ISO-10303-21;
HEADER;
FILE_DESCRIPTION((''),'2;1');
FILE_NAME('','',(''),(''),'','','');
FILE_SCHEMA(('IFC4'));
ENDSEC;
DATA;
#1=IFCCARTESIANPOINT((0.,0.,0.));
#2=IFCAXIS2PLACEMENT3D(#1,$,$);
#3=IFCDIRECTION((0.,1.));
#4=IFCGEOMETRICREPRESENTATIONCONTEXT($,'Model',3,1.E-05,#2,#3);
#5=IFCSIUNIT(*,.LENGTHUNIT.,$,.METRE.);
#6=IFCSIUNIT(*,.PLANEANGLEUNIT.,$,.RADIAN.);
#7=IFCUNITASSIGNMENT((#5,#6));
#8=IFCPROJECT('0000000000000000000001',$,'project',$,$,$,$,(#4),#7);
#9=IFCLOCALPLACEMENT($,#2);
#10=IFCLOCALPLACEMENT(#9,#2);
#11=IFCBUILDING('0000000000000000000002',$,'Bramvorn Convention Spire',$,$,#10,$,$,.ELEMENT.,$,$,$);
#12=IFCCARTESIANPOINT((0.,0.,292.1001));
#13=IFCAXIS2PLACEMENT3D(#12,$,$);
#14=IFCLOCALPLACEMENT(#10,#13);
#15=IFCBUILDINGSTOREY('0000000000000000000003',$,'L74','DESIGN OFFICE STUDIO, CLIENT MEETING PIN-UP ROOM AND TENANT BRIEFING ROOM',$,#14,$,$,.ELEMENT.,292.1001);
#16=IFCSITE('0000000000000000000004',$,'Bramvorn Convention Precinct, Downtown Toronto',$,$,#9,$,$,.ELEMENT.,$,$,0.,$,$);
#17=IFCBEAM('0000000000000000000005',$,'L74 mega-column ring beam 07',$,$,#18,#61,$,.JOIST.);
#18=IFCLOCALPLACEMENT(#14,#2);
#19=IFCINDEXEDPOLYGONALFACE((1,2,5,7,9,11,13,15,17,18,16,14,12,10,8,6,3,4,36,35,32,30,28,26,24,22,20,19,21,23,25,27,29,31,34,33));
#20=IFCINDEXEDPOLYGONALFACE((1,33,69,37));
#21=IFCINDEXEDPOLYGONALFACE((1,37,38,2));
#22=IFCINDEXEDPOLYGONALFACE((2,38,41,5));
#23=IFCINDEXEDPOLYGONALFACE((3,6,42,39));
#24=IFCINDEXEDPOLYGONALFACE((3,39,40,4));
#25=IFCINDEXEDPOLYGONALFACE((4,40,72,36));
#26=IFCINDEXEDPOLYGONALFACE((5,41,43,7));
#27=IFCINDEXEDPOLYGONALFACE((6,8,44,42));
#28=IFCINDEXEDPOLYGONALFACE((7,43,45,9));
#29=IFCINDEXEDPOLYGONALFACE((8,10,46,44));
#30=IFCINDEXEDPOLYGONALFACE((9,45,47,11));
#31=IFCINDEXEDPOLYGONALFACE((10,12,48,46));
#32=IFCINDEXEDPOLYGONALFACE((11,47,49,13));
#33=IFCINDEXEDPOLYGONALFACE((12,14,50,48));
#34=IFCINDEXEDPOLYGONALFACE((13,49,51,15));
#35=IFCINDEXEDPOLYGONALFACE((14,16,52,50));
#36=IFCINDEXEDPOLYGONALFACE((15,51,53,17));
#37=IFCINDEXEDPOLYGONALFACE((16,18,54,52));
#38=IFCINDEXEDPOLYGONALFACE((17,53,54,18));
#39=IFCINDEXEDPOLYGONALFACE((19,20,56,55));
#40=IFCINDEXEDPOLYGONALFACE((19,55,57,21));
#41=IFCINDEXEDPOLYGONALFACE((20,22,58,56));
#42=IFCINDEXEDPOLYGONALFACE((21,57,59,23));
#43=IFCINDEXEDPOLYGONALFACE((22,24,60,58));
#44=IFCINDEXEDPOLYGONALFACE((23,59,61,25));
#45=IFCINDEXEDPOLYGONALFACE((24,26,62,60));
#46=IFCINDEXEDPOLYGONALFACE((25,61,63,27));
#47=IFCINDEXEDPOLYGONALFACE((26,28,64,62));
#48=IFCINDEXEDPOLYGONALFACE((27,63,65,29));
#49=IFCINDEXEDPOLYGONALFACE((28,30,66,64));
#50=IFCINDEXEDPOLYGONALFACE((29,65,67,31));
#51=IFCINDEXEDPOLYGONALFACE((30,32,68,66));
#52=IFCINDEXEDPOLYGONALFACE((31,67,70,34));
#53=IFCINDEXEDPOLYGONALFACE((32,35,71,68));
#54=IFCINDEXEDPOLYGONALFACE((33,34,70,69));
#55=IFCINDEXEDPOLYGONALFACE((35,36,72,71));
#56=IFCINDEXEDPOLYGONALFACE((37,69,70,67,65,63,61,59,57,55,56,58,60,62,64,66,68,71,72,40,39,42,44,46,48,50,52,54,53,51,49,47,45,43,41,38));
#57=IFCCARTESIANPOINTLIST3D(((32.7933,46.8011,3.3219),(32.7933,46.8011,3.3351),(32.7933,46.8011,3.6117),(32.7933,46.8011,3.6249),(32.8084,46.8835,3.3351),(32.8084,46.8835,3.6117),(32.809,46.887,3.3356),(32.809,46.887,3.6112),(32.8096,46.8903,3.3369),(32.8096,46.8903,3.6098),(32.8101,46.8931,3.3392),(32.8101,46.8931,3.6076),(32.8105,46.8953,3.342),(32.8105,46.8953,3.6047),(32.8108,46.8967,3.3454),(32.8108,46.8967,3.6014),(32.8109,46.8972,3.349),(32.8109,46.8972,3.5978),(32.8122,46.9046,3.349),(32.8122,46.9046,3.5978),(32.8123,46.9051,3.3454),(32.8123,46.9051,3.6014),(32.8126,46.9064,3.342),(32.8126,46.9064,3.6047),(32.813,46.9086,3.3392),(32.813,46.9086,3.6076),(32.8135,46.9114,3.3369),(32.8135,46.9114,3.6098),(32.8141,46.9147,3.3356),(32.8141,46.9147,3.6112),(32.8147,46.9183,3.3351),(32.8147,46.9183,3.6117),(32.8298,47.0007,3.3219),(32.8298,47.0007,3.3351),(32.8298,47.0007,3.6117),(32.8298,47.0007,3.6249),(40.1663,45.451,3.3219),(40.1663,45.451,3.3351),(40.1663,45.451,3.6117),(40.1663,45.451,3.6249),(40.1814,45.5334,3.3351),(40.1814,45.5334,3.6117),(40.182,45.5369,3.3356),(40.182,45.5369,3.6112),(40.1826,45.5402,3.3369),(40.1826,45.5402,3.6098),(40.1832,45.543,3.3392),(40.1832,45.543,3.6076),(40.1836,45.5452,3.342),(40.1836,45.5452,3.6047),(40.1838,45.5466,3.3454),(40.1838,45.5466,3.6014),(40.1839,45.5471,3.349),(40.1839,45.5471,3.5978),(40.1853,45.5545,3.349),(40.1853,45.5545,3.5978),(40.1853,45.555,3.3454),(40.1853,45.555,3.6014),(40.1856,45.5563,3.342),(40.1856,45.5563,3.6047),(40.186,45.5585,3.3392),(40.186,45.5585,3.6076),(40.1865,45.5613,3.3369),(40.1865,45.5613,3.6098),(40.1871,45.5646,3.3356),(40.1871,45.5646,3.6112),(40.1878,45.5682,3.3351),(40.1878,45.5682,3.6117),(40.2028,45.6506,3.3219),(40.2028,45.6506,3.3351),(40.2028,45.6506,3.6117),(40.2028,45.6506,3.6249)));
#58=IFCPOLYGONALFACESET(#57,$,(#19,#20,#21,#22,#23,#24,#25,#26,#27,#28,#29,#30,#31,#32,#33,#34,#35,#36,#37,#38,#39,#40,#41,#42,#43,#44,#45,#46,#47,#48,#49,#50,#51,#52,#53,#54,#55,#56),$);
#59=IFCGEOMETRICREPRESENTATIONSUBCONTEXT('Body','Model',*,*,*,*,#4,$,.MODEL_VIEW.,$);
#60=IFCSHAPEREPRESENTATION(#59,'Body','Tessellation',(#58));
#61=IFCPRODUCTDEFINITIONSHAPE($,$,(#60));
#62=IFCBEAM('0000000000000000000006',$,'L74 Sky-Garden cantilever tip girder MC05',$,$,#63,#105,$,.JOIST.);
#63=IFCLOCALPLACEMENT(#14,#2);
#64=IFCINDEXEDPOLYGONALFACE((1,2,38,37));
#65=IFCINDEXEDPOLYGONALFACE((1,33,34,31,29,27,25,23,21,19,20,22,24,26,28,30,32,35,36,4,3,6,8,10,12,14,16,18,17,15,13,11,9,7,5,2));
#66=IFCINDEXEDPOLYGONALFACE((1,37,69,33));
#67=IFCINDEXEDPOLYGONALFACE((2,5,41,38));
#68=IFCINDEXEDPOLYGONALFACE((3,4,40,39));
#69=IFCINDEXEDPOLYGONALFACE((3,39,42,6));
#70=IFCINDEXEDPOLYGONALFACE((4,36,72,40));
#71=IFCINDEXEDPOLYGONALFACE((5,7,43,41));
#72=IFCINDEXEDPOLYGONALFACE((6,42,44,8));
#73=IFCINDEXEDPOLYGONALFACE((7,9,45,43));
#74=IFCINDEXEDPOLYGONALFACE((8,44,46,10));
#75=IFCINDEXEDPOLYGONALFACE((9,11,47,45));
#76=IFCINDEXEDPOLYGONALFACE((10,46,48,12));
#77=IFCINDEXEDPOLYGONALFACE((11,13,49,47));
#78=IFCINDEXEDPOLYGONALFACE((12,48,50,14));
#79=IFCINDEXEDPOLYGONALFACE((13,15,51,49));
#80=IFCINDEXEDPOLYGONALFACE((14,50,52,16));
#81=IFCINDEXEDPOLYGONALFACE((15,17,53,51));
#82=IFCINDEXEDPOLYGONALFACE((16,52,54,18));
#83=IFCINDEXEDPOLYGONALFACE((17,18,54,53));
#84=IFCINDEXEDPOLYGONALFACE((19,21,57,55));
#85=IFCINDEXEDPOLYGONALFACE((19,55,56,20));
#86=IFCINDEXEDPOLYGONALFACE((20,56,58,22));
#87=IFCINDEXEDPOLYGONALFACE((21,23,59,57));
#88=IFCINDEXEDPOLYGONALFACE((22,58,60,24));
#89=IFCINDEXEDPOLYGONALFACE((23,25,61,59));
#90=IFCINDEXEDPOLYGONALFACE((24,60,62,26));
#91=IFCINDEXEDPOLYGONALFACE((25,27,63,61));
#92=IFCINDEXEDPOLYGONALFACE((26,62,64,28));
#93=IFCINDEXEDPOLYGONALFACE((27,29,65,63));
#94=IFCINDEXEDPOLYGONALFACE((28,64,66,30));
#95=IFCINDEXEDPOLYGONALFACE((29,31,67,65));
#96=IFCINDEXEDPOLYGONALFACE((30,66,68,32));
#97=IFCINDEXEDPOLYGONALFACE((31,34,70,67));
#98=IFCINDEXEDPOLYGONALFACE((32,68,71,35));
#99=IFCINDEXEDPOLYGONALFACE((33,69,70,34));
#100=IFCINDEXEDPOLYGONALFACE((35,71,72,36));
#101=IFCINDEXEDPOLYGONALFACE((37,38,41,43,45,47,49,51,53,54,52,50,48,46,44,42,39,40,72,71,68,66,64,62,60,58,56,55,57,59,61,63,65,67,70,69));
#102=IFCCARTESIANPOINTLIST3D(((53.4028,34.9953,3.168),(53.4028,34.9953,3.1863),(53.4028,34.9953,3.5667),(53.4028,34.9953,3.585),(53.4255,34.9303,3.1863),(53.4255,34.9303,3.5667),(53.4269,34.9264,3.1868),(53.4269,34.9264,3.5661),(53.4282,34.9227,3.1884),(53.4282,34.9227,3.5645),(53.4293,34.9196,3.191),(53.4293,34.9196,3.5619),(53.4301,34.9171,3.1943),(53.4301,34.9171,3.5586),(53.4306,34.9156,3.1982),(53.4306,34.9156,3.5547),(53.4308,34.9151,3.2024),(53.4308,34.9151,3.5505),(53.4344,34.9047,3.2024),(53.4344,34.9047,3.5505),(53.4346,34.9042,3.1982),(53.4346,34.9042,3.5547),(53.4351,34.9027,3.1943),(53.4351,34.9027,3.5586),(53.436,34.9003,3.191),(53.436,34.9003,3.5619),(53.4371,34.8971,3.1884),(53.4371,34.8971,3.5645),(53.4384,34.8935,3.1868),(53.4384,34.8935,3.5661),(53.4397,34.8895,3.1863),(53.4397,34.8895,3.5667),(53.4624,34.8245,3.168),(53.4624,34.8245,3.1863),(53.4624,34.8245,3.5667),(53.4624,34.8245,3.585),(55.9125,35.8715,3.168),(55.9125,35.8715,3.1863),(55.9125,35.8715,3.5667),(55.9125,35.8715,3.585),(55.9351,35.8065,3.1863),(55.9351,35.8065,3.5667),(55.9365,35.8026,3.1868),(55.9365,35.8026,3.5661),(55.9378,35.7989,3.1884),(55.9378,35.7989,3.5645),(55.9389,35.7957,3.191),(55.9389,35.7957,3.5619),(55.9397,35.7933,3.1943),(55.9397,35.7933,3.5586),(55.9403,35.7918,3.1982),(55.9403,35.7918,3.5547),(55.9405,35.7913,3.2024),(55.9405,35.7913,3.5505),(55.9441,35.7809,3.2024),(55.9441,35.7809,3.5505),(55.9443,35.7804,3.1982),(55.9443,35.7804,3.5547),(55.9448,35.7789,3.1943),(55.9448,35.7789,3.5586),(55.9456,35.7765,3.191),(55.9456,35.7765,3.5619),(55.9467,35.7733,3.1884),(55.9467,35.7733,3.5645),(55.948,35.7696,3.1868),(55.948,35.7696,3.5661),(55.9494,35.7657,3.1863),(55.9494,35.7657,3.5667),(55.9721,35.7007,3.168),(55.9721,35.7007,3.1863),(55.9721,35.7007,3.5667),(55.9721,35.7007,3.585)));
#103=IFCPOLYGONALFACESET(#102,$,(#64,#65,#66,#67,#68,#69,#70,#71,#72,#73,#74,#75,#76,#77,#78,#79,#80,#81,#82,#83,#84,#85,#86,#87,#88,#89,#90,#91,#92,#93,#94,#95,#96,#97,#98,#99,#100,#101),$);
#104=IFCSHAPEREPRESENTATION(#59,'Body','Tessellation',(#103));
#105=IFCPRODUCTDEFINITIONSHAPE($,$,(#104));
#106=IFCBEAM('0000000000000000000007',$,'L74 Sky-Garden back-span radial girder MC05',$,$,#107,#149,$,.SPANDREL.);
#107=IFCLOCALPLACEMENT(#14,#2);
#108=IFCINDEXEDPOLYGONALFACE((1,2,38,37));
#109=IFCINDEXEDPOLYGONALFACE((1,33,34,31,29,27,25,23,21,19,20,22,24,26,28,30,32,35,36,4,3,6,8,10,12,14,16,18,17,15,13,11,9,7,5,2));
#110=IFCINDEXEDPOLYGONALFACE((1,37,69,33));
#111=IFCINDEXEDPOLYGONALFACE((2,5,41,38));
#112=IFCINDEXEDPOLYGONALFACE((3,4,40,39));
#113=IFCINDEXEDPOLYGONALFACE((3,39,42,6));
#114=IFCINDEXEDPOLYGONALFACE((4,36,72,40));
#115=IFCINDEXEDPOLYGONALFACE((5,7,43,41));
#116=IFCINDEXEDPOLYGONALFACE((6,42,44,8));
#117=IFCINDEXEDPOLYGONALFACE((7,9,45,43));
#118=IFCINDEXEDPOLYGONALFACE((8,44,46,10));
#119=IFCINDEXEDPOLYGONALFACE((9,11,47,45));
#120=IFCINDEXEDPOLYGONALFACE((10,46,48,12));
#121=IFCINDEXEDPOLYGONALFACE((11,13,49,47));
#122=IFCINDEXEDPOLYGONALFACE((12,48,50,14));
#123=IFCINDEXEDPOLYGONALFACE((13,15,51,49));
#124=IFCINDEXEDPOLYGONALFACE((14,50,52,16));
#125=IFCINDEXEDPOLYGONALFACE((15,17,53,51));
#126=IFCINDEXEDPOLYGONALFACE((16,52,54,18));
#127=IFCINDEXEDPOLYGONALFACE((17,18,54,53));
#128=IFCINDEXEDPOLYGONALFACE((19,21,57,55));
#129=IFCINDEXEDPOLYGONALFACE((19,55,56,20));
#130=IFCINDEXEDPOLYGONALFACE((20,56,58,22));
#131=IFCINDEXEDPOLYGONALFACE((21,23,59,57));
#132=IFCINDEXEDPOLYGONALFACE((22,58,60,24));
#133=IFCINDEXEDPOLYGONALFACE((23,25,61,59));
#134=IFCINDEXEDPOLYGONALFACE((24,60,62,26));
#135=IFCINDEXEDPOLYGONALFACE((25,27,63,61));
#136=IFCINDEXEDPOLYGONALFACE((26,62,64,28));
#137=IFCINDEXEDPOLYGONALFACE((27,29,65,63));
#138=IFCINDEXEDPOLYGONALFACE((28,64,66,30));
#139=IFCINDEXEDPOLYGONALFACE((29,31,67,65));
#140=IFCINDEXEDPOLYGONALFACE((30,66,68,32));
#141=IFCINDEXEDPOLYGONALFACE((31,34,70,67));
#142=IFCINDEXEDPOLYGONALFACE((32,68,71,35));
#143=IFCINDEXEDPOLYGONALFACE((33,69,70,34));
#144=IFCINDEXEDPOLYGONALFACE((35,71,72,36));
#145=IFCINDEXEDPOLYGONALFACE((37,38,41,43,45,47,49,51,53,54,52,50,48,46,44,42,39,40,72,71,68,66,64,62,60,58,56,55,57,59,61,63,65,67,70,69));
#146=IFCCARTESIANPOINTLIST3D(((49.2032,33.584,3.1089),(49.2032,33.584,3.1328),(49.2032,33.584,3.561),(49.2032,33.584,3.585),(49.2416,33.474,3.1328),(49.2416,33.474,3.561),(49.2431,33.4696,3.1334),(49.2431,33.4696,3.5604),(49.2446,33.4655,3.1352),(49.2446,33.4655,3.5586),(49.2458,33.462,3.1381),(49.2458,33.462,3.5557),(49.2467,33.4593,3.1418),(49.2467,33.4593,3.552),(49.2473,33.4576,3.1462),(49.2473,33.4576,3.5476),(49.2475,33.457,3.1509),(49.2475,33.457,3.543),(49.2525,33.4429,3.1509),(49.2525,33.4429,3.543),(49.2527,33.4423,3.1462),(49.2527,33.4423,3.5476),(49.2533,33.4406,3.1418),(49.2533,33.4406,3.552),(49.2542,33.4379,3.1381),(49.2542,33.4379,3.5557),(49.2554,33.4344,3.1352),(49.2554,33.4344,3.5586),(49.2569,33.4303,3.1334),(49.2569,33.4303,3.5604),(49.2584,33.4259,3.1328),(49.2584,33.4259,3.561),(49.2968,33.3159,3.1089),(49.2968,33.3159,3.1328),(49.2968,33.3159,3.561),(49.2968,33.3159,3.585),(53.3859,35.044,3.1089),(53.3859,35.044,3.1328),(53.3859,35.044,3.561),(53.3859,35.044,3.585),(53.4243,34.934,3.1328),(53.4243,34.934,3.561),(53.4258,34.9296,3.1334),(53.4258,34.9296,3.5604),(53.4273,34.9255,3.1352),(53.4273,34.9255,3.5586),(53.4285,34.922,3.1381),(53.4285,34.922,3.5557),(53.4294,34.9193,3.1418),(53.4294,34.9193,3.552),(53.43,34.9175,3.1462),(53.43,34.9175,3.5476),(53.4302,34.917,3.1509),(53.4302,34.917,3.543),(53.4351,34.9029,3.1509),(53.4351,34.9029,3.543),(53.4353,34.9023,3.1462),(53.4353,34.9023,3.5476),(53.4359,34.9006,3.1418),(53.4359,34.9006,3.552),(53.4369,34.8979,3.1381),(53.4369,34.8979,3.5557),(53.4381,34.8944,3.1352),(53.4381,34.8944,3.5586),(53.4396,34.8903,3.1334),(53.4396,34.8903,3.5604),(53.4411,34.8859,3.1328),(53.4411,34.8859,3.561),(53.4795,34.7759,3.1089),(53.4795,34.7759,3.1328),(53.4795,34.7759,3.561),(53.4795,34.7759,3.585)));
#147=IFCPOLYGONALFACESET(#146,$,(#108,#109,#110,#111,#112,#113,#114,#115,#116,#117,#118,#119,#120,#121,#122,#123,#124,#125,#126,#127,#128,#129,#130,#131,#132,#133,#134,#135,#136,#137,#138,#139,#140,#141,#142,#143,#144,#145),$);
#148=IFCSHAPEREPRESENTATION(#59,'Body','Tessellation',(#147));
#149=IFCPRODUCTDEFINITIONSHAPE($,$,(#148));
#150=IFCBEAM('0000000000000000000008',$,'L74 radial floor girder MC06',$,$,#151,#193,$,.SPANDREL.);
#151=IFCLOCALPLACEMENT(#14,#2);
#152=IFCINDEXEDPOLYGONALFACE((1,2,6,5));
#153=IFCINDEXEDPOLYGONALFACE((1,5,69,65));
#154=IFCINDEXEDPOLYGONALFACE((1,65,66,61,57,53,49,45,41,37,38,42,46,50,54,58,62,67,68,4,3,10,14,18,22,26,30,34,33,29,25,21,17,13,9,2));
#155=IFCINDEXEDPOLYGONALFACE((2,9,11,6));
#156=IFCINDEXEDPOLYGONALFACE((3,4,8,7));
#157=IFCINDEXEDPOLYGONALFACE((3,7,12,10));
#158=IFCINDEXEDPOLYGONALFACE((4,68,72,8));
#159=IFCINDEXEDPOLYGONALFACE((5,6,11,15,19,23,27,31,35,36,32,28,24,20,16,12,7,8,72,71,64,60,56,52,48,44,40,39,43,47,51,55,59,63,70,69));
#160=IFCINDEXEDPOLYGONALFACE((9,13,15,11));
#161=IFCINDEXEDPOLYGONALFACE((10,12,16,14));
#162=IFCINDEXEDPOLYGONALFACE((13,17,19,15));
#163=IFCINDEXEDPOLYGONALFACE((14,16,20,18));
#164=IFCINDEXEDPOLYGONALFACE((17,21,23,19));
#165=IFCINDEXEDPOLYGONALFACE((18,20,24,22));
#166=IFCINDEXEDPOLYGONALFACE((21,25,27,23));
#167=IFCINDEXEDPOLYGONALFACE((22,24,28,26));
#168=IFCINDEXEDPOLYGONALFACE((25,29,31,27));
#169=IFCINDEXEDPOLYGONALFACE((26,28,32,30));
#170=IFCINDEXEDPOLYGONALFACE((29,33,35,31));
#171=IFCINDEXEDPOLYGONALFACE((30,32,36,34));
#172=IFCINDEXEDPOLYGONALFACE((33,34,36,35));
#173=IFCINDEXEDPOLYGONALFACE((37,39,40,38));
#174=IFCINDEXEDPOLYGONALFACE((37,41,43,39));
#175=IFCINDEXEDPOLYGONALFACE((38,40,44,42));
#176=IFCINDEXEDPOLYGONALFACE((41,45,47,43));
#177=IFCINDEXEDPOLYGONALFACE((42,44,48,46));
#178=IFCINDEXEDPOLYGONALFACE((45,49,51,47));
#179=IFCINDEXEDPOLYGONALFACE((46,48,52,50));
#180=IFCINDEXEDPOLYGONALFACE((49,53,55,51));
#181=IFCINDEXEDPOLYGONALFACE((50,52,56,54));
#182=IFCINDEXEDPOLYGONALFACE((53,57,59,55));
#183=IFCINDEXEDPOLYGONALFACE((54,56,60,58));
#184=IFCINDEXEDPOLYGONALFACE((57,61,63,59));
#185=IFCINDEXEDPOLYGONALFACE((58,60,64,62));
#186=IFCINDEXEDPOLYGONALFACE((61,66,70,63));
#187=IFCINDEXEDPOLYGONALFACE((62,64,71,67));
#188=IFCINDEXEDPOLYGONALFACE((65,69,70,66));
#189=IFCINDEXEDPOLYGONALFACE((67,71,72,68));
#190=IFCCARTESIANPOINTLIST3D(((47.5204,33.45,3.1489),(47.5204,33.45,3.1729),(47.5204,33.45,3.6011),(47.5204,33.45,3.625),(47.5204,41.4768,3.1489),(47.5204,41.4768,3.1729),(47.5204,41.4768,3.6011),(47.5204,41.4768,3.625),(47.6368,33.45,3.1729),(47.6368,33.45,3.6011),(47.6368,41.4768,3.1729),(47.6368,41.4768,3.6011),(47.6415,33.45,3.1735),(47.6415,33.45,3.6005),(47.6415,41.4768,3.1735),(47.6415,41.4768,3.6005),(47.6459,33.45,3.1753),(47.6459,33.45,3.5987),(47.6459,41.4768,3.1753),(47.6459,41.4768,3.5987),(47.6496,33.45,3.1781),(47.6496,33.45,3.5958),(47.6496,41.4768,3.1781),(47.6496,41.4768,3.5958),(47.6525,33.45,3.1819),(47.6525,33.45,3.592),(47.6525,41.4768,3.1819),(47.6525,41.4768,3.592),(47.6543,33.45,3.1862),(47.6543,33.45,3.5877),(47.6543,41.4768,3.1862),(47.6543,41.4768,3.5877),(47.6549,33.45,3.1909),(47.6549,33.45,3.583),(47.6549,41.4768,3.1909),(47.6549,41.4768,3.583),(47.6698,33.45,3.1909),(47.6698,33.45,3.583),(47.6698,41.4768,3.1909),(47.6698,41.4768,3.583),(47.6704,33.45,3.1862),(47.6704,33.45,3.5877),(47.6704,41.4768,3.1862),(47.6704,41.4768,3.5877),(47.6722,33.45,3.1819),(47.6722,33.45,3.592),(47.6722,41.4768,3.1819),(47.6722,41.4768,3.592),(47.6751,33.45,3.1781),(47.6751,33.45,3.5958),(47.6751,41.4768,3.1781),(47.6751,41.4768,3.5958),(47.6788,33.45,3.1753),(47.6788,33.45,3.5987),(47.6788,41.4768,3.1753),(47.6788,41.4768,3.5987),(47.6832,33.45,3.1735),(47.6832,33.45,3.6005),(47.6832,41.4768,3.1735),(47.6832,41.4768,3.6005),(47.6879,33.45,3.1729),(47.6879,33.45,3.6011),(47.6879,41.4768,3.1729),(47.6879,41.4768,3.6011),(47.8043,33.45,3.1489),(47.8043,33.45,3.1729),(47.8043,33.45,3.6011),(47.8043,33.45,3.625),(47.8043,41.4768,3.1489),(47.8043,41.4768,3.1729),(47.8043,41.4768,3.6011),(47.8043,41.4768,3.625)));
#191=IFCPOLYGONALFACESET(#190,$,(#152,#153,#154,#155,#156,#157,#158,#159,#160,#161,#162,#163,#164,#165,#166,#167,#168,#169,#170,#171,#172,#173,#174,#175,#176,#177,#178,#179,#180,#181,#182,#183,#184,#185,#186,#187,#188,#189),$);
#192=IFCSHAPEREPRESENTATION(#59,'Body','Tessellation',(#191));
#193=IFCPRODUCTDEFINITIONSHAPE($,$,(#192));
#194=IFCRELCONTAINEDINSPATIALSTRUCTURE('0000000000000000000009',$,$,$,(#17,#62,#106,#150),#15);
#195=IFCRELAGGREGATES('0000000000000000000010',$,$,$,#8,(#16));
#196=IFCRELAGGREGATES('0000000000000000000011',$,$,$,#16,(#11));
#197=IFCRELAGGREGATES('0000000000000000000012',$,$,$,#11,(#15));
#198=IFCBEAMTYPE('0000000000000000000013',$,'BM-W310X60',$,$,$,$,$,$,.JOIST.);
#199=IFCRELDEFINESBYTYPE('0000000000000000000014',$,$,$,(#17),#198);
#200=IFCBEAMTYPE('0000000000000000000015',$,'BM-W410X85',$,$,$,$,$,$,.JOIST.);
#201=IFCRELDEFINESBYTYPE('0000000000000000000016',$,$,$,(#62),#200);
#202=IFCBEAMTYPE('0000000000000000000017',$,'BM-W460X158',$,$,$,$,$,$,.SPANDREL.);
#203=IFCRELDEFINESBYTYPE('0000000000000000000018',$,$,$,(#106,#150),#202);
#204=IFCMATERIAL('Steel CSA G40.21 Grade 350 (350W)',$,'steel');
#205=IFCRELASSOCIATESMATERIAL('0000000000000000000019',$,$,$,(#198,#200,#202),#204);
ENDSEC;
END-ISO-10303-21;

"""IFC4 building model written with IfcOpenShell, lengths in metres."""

from ifc_helpers import new_model, si_unit, direction, frame, origin, origin_2d, place, context, subcontext, project, spatial, i_section, extrude, material, material_profile, profile_set, type_object, element, save


model = new_model("IFC4")

# Units and contexts
model_context = context("Model", 3, precision=1e-05, world=origin(), true_north=direction((0.0, 1.0)))
body_context = subcontext(model_context, "Body", "Model", "MODEL_VIEW")
ifc_project = project(units=[si_unit("LENGTHUNIT", "METRE"), si_unit("PLANEANGLEUNIT", "RADIAN")], contexts=[model_context])

# Site, building, storey
site_placement = place(None, origin())
site = spatial("IfcSite", under=ifc_project, at=site_placement, Name="Bramvorn Convention Precinct, Downtown Toronto", CompositionType="ELEMENT", RefElevation=0.0)
building_placement = place(site_placement, origin())
building = spatial("IfcBuilding", under=site, at=building_placement, Name="Bramvorn Convention Spire", CompositionType="ELEMENT")
storey_placement = place(building_placement, frame((0.0, 0.0, 292.1001)))
storey = spatial("IfcBuildingStorey", under=building, at=storey_placement, Name="L74", Description="DESIGN OFFICE STUDIO, CLIENT MEETING PIN-UP ROOM AND TENANT BRIEFING ROOM", CompositionType="ELEMENT", Elevation=292.1001)

# Shared definitions
ifc_material_1 = material(Name="Steel CSA G40.21 Grade 350 (350W)", Category="steel")

# Beams
ifc_material_profile_1 = material_profile(ifc_material_1, i_section(OverallWidth=0.2029, OverallDepth=0.303, WebThickness=0.0076, FlangeThickness=0.0132, FilletRadius=0.0139, at=origin_2d()))
ifc_profile_set_1 = profile_set([ifc_material_profile_1], Name="Steel CSA G40.21 Grade 350 (350W) - W310X60")
beam_type_1 = type_object("IfcBeamType", Name="BM-W310X60", PredefinedType="JOIST", material=ifc_profile_set_1)
beam_1_placement = place(storey_placement, frame((40.1846, 45.5508, 3.4734), z_axis=(-0.983645, 0.180118, 0.0), x_axis=(-0.180118, -0.983645, 0.0)))
element("IfcBeam", 1, at=beam_1_placement, inside=storey, type_object=beam_type_1, Name="L74 mega-column ring beam 07", PredefinedType="JOIST", context=body_context, shape_type="SweptSolid", body=[
    extrude(i_section(OverallWidth=0.2029, OverallDepth=0.303, WebThickness=0.0076, FlangeThickness=0.0132, FilletRadius=0.0139, at=origin_2d()), origin(), (0.0, 0.0, 1.0), 7.4956),
])
ifc_material_profile_2 = material_profile(ifc_material_1, i_section(OverallWidth=0.1809, OverallDepth=0.417, WebThickness=0.011, FlangeThickness=0.0183, FilletRadius=0.0161, at=origin_2d()))
ifc_profile_set_2 = profile_set([ifc_material_profile_2], Name="Steel CSA G40.21 Grade 350 (350W) - W410X85")
beam_type_2 = type_object("IfcBeamType", Name="BM-W410X85", PredefinedType="JOIST", material=ifc_profile_set_2)
beam_2_placement = place(storey_placement, frame((53.4326, 34.9099, 3.3765), z_axis=(0.944116, 0.329614, 0.0), x_axis=(-0.329614, 0.944116, 0.0)))
element("IfcBeam", 2, at=beam_2_placement, inside=storey, type_object=beam_type_2, Name="L74 Sky-Garden cantilever tip girder MC05", PredefinedType="JOIST", context=body_context, shape_type="SweptSolid", body=[
    extrude(i_section(OverallWidth=0.1809, OverallDepth=0.417, WebThickness=0.011, FlangeThickness=0.0183, FilletRadius=0.0161, at=origin_2d()), origin(), (0.0, 0.0, 1.0), 2.6582),
])
ifc_material_profile_3 = material_profile(ifc_material_1, i_section(OverallWidth=0.2839, OverallDepth=0.4761, WebThickness=0.0149, FlangeThickness=0.0239, FilletRadius=0.0181, at=origin_2d()))
ifc_profile_set_3 = profile_set([ifc_material_profile_3], Name="Steel CSA G40.21 Grade 350 (350W) - W460X158")
beam_type_3 = type_object("IfcBeamType", Name="BM-W460X158", PredefinedType="SPANDREL", material=ifc_profile_set_3)
beam_3_placement = place(storey_placement, frame((49.25, 33.45, 3.3469), z_axis=(0.944136, 0.329555, 0.0), x_axis=(-0.329555, 0.944136, 0.0)))
element("IfcBeam", 3, at=beam_3_placement, inside=storey, type_object=beam_type_3, Name="L74 Sky-Garden back-span radial girder MC05", PredefinedType="SPANDREL", context=body_context, shape_type="SweptSolid", body=[
    extrude(i_section(OverallWidth=0.2839, OverallDepth=0.4761, WebThickness=0.0149, FlangeThickness=0.0239, FilletRadius=0.0181, at=origin_2d()), origin(), (0.0, 0.0, 1.0), 4.4302),
])
beam_4_placement = place(storey_placement, frame((47.6624, 33.45, 3.387), z_axis=(0.0, 1.0, 0.0), x_axis=(-1.0, 0.0, 0.0)))
element("IfcBeam", 4, at=beam_4_placement, inside=storey, type_object=beam_type_3, Name="L74 radial floor girder MC06", PredefinedType="SPANDREL", context=body_context, shape_type="SweptSolid", body=[
    extrude(i_section(OverallWidth=0.2839, OverallDepth=0.4761, WebThickness=0.0149, FlangeThickness=0.0239, FilletRadius=0.0181, at=origin_2d()), origin(), (0.0, 0.0, 1.0), 8.0269),
])

save(model, "model.ifc")
